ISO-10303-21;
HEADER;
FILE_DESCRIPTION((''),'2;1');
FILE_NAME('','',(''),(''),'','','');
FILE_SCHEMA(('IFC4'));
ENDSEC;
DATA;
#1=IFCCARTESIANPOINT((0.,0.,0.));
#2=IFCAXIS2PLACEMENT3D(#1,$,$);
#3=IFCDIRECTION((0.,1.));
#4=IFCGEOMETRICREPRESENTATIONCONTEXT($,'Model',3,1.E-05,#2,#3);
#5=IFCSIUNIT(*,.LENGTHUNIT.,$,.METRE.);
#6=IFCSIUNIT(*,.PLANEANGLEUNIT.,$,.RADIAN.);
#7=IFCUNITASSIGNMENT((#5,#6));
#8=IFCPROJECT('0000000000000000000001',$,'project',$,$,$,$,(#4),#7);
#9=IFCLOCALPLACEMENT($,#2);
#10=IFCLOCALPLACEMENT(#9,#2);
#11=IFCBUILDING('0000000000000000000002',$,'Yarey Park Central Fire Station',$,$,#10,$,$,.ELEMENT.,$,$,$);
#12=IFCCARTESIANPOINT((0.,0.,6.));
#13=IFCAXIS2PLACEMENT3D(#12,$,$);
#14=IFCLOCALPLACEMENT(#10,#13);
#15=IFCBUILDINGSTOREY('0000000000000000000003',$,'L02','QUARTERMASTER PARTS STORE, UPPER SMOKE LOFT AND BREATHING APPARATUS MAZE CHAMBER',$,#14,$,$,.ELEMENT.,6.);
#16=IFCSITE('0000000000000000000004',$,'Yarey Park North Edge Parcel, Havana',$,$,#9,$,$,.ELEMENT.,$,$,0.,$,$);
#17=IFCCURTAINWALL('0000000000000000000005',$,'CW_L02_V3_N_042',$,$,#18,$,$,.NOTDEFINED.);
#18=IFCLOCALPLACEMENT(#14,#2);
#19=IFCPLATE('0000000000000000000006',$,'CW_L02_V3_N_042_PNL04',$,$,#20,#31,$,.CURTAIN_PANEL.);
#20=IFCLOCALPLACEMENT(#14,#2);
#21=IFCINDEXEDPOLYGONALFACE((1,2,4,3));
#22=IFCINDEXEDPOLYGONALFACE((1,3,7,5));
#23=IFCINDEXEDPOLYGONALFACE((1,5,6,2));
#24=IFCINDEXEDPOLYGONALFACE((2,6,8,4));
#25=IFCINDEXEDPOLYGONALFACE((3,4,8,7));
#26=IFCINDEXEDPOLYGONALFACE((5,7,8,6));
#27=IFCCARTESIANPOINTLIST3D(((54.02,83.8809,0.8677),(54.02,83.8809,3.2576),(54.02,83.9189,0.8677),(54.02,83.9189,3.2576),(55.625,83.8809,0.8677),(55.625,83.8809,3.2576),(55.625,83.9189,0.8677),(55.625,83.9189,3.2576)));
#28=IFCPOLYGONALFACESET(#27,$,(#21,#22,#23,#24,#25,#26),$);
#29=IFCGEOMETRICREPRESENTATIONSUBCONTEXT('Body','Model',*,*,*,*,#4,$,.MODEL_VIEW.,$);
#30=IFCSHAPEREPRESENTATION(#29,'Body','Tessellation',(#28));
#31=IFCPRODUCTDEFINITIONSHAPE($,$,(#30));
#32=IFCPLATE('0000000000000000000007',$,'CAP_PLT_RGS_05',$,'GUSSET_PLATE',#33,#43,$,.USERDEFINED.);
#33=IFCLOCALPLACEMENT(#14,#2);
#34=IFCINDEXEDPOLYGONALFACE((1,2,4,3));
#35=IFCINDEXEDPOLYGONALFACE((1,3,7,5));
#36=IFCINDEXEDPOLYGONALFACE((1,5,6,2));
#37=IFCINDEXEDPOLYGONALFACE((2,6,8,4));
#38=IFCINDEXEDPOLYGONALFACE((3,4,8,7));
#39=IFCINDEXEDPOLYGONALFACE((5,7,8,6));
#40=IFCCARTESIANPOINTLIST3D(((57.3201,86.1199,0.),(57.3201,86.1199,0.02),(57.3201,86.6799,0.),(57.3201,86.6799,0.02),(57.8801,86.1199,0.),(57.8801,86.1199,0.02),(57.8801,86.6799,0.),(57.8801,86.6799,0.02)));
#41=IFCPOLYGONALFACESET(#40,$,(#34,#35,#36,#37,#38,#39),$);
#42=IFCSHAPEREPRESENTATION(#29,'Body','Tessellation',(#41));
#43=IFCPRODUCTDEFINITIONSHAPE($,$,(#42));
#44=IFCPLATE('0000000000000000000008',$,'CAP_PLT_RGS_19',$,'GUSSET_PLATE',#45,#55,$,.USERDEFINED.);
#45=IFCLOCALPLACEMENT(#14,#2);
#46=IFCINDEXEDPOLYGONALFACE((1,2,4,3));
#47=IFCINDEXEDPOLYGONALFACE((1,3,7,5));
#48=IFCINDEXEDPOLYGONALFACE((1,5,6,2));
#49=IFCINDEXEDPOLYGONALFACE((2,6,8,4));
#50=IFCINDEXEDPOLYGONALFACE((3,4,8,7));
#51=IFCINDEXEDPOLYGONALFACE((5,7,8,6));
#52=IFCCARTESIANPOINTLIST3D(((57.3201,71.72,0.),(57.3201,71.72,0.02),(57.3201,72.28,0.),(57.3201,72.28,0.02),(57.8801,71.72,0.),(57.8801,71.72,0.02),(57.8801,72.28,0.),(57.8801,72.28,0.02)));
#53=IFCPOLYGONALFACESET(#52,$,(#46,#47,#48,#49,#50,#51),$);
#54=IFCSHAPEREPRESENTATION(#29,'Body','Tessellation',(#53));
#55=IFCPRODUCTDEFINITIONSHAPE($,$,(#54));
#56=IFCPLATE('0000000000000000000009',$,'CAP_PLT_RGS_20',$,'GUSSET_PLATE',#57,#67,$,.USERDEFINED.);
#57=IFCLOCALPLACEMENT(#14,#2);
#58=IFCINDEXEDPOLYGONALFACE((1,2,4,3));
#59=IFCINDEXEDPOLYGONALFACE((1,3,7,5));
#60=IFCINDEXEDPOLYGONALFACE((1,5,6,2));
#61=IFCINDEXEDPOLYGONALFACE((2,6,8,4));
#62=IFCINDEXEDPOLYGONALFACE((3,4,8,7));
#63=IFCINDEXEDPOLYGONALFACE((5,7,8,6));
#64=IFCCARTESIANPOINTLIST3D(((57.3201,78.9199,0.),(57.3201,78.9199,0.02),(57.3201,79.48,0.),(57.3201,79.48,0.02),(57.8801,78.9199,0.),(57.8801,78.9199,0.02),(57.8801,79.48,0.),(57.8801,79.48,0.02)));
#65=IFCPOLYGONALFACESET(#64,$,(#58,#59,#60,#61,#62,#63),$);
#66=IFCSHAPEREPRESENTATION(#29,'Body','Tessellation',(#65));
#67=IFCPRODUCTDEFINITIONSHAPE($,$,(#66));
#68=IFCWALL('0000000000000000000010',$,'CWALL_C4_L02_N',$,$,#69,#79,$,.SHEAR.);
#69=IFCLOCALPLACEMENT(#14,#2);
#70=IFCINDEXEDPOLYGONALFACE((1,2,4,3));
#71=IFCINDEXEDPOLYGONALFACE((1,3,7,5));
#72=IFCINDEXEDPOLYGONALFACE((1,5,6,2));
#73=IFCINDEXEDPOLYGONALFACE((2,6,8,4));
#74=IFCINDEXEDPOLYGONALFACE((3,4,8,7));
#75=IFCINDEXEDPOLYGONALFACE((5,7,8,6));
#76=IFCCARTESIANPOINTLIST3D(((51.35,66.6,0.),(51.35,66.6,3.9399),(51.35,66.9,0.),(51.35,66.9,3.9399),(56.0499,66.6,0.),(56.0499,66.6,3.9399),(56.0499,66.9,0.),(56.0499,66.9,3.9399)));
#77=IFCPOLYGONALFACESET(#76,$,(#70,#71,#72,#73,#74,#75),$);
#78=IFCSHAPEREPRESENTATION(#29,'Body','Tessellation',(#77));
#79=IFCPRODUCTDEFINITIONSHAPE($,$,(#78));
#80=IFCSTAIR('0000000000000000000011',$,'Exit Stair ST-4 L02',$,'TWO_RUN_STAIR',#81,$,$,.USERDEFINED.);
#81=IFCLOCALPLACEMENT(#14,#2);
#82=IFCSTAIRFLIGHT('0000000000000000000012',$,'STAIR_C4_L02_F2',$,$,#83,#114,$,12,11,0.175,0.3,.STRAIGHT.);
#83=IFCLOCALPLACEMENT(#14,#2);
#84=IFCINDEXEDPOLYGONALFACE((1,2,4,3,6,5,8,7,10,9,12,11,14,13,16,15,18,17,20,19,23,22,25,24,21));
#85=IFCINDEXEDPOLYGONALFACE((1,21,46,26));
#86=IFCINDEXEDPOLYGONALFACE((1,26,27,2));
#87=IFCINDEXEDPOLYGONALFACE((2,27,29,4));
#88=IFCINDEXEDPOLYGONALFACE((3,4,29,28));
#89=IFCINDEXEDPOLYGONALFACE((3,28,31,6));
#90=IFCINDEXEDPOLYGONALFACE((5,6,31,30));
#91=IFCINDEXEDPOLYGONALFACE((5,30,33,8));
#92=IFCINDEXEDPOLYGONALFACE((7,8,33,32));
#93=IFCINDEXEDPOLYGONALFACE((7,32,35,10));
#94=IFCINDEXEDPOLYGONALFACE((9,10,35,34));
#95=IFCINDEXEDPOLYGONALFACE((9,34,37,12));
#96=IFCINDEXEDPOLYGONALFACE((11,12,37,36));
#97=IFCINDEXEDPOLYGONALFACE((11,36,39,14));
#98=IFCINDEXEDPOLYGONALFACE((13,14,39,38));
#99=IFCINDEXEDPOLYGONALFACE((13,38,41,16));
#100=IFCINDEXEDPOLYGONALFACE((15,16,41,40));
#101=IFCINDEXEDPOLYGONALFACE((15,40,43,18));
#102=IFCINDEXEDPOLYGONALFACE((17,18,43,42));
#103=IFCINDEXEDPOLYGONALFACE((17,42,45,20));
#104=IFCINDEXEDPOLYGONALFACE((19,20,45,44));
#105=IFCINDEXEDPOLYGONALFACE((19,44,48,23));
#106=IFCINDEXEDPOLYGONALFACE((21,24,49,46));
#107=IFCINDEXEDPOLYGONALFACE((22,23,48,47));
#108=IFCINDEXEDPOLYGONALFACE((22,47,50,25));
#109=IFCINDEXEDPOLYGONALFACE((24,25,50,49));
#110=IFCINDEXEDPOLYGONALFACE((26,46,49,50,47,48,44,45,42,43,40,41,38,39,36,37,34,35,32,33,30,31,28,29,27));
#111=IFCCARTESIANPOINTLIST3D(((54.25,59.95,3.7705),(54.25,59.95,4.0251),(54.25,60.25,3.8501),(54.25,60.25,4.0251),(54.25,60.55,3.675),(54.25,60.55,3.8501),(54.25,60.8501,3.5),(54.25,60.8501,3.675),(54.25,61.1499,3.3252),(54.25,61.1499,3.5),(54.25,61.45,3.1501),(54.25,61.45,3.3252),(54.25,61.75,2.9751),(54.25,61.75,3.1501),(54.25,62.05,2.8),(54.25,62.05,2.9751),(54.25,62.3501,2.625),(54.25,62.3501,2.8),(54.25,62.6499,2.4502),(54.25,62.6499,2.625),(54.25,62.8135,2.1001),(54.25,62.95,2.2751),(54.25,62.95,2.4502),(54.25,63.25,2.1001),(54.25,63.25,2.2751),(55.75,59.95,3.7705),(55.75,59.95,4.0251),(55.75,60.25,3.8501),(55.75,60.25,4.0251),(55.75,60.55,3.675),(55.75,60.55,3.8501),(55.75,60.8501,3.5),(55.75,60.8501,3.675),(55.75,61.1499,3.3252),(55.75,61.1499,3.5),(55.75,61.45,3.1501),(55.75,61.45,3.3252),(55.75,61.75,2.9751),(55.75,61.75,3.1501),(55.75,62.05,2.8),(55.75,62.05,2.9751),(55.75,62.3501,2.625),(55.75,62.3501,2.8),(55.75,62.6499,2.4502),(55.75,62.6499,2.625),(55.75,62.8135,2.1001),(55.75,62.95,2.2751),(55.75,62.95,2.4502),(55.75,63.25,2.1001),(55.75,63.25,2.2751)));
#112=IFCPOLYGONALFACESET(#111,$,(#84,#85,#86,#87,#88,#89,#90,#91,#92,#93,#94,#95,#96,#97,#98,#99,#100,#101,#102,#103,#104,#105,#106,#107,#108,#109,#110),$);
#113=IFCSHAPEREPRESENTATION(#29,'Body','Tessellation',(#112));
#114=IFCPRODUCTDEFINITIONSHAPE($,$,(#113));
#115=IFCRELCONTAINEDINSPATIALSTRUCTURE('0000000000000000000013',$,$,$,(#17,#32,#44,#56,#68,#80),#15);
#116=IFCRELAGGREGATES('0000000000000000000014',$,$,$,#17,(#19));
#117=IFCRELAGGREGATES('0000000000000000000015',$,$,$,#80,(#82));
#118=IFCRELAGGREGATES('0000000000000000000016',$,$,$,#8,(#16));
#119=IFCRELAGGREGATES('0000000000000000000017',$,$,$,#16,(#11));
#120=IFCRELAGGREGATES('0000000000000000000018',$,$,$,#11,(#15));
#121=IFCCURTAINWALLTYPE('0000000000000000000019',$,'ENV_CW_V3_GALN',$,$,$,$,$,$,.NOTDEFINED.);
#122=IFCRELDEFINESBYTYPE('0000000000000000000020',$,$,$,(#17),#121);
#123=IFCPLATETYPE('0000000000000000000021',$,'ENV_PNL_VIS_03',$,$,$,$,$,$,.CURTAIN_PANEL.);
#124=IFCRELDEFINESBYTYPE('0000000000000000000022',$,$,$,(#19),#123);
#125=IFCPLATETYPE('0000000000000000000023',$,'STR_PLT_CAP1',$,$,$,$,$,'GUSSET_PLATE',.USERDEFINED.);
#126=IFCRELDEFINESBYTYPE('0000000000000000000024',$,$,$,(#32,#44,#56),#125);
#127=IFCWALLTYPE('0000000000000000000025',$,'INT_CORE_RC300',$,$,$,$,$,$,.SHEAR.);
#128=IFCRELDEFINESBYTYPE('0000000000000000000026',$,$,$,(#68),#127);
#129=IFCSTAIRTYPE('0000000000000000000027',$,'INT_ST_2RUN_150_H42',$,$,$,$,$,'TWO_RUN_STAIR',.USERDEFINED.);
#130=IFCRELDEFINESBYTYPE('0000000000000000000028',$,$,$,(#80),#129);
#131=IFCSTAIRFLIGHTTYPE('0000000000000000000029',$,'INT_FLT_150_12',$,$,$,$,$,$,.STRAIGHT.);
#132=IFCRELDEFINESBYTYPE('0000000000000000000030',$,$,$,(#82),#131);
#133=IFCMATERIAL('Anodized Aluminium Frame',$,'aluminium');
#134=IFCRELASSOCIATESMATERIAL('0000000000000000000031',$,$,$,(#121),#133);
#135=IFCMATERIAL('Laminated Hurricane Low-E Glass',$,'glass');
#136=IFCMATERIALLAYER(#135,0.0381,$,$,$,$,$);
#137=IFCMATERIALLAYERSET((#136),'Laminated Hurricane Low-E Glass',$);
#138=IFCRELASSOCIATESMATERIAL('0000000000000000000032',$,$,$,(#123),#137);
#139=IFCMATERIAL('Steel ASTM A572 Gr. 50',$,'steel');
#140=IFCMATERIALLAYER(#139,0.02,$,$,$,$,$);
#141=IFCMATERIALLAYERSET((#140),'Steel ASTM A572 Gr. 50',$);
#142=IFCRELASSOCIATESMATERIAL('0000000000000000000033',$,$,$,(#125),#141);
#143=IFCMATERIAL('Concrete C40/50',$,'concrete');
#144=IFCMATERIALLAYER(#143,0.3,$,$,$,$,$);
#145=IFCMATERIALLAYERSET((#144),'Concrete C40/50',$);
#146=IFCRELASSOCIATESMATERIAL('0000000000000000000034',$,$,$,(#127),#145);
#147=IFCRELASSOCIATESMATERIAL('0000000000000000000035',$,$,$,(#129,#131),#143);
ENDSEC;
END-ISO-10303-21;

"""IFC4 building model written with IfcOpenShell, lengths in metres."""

from ifc_helpers import new_model, si_unit, direction, frame, frame_2d, origin, origin_2d, place, context, subcontext, project, spatial, polyline, rectangle, outline, extrude, material, layer, layer_set, type_object, element, aggregate, save


model = new_model("IFC4")

# Units and contexts
model_context = context("Model", 3, precision=1e-05, world=origin(), true_north=direction((0.0, 1.0)))
body_context = subcontext(model_context, "Body", "Model", "MODEL_VIEW")
ifc_project = project(units=[si_unit("LENGTHUNIT", "METRE"), si_unit("PLANEANGLEUNIT", "RADIAN")], contexts=[model_context])

# Site, building, storey
site_placement = place(None, origin())
site = spatial("IfcSite", under=ifc_project, at=site_placement, Name="Yarey Park North Edge Parcel, Havana", CompositionType="ELEMENT", RefElevation=0.0)
building_placement = place(site_placement, origin())
building = spatial("IfcBuilding", under=site, at=building_placement, Name="Yarey Park Central Fire Station", CompositionType="ELEMENT")
storey_placement = place(building_placement, frame((0.0, 0.0, 6.0)))
storey = spatial("IfcBuildingStorey", under=building, at=storey_placement, Name="L02", Description="QUARTERMASTER PARTS STORE, UPPER SMOKE LOFT AND BREATHING APPARATUS MAZE CHAMBER", CompositionType="ELEMENT", Elevation=6.0)

# Curtain wall
ifc_material_1 = material(Name="Anodized Aluminium Frame", Category="aluminium")
curtain_wall_type = type_object("IfcCurtainWallType", Name="ENV_CW_V3_GALN", PredefinedType="NOTDEFINED", material=ifc_material_1)
curtain_wall_placement = place(storey_placement, origin())
curtain_wall = element("IfcCurtainWall", 1, at=curtain_wall_placement, inside=storey, type_object=curtain_wall_type, Name="CW_L02_V3_N_042", PredefinedType="NOTDEFINED")

# Plate
ifc_material_2 = material(Name="Laminated Hurricane Low-E Glass", Category="glass")
ifc_layer_1 = layer(ifc_material_2, 0.0381)
ifc_layer_set_1 = layer_set([ifc_layer_1], Name="Laminated Hurricane Low-E Glass")
plate_type_1 = type_object("IfcPlateType", Name="ENV_PNL_VIS_03", PredefinedType="CURTAIN_PANEL", material=ifc_layer_set_1)
plate_1_placement = place(storey_placement, frame((54.8225, 83.8999, 0.8677), z_axis=(0.0, 0.0, 1.0), x_axis=(-1.0, 0.0, 0.0)))
plate_1 = element("IfcPlate", 2, at=plate_1_placement, type_object=plate_type_1, Name="CW_L02_V3_N_042_PNL04", PredefinedType="CURTAIN_PANEL", context=body_context, shape_type="SweptSolid", body=[
    extrude(rectangle(XDim=1.605, YDim=0.0381, at=origin_2d()), origin(), (0.0, 0.0, 1.0), 2.3899),
])
aggregate(curtain_wall, [plate_1])

# Plates
ifc_material_3 = material(Name="Steel ASTM A572 Gr. 50", Category="steel")
ifc_layer_2 = layer(ifc_material_3, 0.02)
ifc_layer_set_2 = layer_set([ifc_layer_2], Name="Steel ASTM A572 Gr. 50")
plate_type_2 = type_object("IfcPlateType", Name="STR_PLT_CAP1", ElementType="GUSSET_PLATE", PredefinedType="USERDEFINED", material=ifc_layer_set_2)
for number, where, z_axis, x_axis, name in (
    (3, (57.6001, 86.3999, 0.0), (0.0, 0.0, 1.0), (1.0, 0.0, 0.0), "CAP_PLT_RGS_05"),
    (4, (57.6001, 72.0, 0.0), (0.0, 0.0, 1.0), (1.0, 0.0, 0.0), "CAP_PLT_RGS_19"),
    (5, (57.6001, 79.2, 0.0), (0.0, 0.0, 1.0), (1.0, 0.0, 0.0), "CAP_PLT_RGS_20"),
):
    element("IfcPlate", number, at=place(storey_placement, frame(where, z_axis=z_axis, x_axis=x_axis)), inside=storey, type_object=plate_type_2, Name=name, ObjectType="GUSSET_PLATE", PredefinedType="USERDEFINED", context=body_context, shape_type="SweptSolid", body=[
        extrude(rectangle(XDim=0.5601, YDim=0.5601, at=origin_2d()), origin(), (0.0, 0.0, 1.0), 0.02),
    ])

# Wall
ifc_material_4 = material(Name="Concrete C40/50", Category="concrete")
ifc_layer_3 = layer(ifc_material_4, 0.3)
ifc_layer_set_3 = layer_set([ifc_layer_3], Name="Concrete C40/50")
wall_type = type_object("IfcWallType", Name="INT_CORE_RC300", PredefinedType="SHEAR", material=ifc_layer_set_3)
wall_placement = place(storey_placement, frame((56.05, 66.75, 0.0), z_axis=(0.0, 0.0, 1.0), x_axis=(-1.0, 0.0, 0.0)))
element("IfcWall", 6, at=wall_placement, inside=storey, type_object=wall_type, Name="CWALL_C4_L02_N", PredefinedType="SHEAR", context=body_context, shape_type="SweptSolid", body=[
    extrude(rectangle(XDim=4.7, YDim=0.3, at=frame_2d((2.3501, 0.0))), origin(), (0.0, 0.0, 1.0), 3.9399),
])

# Stair, stair flight
stair_type = type_object("IfcStairType", Name="INT_ST_2RUN_150_H42", ElementType="TWO_RUN_STAIR", PredefinedType="USERDEFINED", material=ifc_material_4)
stair_placement = place(storey_placement, origin())
stair = element("IfcStair", 7, at=stair_placement, inside=storey, type_object=stair_type, Name="Exit Stair ST-4 L02", ObjectType="TWO_RUN_STAIR", PredefinedType="USERDEFINED")
stair_flight_type = type_object("IfcStairFlightType", Name="INT_FLT_150_12", PredefinedType="STRAIGHT", material=ifc_material_4)
stair_flight_placement = place(storey_placement, frame((55.0, 63.25, 2.1001), z_axis=(0.0, 0.0, 1.0), x_axis=(0.0, -1.0, 0.0)))
stair_flight = element("IfcStairFlight", 8, at=stair_flight_placement, type_object=stair_flight_type, Name="STAIR_C4_L02_F2", NumberOfRisers=12, NumberOfTreads=11, PredefinedType="STRAIGHT", RiserHeight=0.175, TreadLength=0.3, context=body_context, shape_type="SweptSolid", body=[
    extrude(outline(polyline([(0.0, 0.0), (0.0, 0.175), (0.3, 0.175), (0.3, 0.3501), (0.6001, 0.3501), (0.6001, 0.5249), (0.8999, 0.5249), (0.8999, 0.7), (1.2, 0.7), (1.2, 0.875), (1.5, 0.875), (1.5, 1.05), (1.8, 1.05), (1.8, 1.2251), (2.1001, 1.2251), (2.1001, 1.3999), (2.3999, 1.3999), (2.3999, 1.575), (2.7, 1.575), (2.7, 1.75), (3.0, 1.75), (3.0, 1.925), (3.3, 1.925), (3.3, 2.1001), (3.3, 1.6704), (0.4365, 0.0), (0.0, 0.0)])), frame((0.0, 0.75, 0.0), z_axis=(0.0, -1.0, 0.0), x_axis=(1.0, 0.0, 0.0)), (0.0, 0.0, 1.0), 1.5),
])
aggregate(stair, [stair_flight])

save(model, "model.ifc")
